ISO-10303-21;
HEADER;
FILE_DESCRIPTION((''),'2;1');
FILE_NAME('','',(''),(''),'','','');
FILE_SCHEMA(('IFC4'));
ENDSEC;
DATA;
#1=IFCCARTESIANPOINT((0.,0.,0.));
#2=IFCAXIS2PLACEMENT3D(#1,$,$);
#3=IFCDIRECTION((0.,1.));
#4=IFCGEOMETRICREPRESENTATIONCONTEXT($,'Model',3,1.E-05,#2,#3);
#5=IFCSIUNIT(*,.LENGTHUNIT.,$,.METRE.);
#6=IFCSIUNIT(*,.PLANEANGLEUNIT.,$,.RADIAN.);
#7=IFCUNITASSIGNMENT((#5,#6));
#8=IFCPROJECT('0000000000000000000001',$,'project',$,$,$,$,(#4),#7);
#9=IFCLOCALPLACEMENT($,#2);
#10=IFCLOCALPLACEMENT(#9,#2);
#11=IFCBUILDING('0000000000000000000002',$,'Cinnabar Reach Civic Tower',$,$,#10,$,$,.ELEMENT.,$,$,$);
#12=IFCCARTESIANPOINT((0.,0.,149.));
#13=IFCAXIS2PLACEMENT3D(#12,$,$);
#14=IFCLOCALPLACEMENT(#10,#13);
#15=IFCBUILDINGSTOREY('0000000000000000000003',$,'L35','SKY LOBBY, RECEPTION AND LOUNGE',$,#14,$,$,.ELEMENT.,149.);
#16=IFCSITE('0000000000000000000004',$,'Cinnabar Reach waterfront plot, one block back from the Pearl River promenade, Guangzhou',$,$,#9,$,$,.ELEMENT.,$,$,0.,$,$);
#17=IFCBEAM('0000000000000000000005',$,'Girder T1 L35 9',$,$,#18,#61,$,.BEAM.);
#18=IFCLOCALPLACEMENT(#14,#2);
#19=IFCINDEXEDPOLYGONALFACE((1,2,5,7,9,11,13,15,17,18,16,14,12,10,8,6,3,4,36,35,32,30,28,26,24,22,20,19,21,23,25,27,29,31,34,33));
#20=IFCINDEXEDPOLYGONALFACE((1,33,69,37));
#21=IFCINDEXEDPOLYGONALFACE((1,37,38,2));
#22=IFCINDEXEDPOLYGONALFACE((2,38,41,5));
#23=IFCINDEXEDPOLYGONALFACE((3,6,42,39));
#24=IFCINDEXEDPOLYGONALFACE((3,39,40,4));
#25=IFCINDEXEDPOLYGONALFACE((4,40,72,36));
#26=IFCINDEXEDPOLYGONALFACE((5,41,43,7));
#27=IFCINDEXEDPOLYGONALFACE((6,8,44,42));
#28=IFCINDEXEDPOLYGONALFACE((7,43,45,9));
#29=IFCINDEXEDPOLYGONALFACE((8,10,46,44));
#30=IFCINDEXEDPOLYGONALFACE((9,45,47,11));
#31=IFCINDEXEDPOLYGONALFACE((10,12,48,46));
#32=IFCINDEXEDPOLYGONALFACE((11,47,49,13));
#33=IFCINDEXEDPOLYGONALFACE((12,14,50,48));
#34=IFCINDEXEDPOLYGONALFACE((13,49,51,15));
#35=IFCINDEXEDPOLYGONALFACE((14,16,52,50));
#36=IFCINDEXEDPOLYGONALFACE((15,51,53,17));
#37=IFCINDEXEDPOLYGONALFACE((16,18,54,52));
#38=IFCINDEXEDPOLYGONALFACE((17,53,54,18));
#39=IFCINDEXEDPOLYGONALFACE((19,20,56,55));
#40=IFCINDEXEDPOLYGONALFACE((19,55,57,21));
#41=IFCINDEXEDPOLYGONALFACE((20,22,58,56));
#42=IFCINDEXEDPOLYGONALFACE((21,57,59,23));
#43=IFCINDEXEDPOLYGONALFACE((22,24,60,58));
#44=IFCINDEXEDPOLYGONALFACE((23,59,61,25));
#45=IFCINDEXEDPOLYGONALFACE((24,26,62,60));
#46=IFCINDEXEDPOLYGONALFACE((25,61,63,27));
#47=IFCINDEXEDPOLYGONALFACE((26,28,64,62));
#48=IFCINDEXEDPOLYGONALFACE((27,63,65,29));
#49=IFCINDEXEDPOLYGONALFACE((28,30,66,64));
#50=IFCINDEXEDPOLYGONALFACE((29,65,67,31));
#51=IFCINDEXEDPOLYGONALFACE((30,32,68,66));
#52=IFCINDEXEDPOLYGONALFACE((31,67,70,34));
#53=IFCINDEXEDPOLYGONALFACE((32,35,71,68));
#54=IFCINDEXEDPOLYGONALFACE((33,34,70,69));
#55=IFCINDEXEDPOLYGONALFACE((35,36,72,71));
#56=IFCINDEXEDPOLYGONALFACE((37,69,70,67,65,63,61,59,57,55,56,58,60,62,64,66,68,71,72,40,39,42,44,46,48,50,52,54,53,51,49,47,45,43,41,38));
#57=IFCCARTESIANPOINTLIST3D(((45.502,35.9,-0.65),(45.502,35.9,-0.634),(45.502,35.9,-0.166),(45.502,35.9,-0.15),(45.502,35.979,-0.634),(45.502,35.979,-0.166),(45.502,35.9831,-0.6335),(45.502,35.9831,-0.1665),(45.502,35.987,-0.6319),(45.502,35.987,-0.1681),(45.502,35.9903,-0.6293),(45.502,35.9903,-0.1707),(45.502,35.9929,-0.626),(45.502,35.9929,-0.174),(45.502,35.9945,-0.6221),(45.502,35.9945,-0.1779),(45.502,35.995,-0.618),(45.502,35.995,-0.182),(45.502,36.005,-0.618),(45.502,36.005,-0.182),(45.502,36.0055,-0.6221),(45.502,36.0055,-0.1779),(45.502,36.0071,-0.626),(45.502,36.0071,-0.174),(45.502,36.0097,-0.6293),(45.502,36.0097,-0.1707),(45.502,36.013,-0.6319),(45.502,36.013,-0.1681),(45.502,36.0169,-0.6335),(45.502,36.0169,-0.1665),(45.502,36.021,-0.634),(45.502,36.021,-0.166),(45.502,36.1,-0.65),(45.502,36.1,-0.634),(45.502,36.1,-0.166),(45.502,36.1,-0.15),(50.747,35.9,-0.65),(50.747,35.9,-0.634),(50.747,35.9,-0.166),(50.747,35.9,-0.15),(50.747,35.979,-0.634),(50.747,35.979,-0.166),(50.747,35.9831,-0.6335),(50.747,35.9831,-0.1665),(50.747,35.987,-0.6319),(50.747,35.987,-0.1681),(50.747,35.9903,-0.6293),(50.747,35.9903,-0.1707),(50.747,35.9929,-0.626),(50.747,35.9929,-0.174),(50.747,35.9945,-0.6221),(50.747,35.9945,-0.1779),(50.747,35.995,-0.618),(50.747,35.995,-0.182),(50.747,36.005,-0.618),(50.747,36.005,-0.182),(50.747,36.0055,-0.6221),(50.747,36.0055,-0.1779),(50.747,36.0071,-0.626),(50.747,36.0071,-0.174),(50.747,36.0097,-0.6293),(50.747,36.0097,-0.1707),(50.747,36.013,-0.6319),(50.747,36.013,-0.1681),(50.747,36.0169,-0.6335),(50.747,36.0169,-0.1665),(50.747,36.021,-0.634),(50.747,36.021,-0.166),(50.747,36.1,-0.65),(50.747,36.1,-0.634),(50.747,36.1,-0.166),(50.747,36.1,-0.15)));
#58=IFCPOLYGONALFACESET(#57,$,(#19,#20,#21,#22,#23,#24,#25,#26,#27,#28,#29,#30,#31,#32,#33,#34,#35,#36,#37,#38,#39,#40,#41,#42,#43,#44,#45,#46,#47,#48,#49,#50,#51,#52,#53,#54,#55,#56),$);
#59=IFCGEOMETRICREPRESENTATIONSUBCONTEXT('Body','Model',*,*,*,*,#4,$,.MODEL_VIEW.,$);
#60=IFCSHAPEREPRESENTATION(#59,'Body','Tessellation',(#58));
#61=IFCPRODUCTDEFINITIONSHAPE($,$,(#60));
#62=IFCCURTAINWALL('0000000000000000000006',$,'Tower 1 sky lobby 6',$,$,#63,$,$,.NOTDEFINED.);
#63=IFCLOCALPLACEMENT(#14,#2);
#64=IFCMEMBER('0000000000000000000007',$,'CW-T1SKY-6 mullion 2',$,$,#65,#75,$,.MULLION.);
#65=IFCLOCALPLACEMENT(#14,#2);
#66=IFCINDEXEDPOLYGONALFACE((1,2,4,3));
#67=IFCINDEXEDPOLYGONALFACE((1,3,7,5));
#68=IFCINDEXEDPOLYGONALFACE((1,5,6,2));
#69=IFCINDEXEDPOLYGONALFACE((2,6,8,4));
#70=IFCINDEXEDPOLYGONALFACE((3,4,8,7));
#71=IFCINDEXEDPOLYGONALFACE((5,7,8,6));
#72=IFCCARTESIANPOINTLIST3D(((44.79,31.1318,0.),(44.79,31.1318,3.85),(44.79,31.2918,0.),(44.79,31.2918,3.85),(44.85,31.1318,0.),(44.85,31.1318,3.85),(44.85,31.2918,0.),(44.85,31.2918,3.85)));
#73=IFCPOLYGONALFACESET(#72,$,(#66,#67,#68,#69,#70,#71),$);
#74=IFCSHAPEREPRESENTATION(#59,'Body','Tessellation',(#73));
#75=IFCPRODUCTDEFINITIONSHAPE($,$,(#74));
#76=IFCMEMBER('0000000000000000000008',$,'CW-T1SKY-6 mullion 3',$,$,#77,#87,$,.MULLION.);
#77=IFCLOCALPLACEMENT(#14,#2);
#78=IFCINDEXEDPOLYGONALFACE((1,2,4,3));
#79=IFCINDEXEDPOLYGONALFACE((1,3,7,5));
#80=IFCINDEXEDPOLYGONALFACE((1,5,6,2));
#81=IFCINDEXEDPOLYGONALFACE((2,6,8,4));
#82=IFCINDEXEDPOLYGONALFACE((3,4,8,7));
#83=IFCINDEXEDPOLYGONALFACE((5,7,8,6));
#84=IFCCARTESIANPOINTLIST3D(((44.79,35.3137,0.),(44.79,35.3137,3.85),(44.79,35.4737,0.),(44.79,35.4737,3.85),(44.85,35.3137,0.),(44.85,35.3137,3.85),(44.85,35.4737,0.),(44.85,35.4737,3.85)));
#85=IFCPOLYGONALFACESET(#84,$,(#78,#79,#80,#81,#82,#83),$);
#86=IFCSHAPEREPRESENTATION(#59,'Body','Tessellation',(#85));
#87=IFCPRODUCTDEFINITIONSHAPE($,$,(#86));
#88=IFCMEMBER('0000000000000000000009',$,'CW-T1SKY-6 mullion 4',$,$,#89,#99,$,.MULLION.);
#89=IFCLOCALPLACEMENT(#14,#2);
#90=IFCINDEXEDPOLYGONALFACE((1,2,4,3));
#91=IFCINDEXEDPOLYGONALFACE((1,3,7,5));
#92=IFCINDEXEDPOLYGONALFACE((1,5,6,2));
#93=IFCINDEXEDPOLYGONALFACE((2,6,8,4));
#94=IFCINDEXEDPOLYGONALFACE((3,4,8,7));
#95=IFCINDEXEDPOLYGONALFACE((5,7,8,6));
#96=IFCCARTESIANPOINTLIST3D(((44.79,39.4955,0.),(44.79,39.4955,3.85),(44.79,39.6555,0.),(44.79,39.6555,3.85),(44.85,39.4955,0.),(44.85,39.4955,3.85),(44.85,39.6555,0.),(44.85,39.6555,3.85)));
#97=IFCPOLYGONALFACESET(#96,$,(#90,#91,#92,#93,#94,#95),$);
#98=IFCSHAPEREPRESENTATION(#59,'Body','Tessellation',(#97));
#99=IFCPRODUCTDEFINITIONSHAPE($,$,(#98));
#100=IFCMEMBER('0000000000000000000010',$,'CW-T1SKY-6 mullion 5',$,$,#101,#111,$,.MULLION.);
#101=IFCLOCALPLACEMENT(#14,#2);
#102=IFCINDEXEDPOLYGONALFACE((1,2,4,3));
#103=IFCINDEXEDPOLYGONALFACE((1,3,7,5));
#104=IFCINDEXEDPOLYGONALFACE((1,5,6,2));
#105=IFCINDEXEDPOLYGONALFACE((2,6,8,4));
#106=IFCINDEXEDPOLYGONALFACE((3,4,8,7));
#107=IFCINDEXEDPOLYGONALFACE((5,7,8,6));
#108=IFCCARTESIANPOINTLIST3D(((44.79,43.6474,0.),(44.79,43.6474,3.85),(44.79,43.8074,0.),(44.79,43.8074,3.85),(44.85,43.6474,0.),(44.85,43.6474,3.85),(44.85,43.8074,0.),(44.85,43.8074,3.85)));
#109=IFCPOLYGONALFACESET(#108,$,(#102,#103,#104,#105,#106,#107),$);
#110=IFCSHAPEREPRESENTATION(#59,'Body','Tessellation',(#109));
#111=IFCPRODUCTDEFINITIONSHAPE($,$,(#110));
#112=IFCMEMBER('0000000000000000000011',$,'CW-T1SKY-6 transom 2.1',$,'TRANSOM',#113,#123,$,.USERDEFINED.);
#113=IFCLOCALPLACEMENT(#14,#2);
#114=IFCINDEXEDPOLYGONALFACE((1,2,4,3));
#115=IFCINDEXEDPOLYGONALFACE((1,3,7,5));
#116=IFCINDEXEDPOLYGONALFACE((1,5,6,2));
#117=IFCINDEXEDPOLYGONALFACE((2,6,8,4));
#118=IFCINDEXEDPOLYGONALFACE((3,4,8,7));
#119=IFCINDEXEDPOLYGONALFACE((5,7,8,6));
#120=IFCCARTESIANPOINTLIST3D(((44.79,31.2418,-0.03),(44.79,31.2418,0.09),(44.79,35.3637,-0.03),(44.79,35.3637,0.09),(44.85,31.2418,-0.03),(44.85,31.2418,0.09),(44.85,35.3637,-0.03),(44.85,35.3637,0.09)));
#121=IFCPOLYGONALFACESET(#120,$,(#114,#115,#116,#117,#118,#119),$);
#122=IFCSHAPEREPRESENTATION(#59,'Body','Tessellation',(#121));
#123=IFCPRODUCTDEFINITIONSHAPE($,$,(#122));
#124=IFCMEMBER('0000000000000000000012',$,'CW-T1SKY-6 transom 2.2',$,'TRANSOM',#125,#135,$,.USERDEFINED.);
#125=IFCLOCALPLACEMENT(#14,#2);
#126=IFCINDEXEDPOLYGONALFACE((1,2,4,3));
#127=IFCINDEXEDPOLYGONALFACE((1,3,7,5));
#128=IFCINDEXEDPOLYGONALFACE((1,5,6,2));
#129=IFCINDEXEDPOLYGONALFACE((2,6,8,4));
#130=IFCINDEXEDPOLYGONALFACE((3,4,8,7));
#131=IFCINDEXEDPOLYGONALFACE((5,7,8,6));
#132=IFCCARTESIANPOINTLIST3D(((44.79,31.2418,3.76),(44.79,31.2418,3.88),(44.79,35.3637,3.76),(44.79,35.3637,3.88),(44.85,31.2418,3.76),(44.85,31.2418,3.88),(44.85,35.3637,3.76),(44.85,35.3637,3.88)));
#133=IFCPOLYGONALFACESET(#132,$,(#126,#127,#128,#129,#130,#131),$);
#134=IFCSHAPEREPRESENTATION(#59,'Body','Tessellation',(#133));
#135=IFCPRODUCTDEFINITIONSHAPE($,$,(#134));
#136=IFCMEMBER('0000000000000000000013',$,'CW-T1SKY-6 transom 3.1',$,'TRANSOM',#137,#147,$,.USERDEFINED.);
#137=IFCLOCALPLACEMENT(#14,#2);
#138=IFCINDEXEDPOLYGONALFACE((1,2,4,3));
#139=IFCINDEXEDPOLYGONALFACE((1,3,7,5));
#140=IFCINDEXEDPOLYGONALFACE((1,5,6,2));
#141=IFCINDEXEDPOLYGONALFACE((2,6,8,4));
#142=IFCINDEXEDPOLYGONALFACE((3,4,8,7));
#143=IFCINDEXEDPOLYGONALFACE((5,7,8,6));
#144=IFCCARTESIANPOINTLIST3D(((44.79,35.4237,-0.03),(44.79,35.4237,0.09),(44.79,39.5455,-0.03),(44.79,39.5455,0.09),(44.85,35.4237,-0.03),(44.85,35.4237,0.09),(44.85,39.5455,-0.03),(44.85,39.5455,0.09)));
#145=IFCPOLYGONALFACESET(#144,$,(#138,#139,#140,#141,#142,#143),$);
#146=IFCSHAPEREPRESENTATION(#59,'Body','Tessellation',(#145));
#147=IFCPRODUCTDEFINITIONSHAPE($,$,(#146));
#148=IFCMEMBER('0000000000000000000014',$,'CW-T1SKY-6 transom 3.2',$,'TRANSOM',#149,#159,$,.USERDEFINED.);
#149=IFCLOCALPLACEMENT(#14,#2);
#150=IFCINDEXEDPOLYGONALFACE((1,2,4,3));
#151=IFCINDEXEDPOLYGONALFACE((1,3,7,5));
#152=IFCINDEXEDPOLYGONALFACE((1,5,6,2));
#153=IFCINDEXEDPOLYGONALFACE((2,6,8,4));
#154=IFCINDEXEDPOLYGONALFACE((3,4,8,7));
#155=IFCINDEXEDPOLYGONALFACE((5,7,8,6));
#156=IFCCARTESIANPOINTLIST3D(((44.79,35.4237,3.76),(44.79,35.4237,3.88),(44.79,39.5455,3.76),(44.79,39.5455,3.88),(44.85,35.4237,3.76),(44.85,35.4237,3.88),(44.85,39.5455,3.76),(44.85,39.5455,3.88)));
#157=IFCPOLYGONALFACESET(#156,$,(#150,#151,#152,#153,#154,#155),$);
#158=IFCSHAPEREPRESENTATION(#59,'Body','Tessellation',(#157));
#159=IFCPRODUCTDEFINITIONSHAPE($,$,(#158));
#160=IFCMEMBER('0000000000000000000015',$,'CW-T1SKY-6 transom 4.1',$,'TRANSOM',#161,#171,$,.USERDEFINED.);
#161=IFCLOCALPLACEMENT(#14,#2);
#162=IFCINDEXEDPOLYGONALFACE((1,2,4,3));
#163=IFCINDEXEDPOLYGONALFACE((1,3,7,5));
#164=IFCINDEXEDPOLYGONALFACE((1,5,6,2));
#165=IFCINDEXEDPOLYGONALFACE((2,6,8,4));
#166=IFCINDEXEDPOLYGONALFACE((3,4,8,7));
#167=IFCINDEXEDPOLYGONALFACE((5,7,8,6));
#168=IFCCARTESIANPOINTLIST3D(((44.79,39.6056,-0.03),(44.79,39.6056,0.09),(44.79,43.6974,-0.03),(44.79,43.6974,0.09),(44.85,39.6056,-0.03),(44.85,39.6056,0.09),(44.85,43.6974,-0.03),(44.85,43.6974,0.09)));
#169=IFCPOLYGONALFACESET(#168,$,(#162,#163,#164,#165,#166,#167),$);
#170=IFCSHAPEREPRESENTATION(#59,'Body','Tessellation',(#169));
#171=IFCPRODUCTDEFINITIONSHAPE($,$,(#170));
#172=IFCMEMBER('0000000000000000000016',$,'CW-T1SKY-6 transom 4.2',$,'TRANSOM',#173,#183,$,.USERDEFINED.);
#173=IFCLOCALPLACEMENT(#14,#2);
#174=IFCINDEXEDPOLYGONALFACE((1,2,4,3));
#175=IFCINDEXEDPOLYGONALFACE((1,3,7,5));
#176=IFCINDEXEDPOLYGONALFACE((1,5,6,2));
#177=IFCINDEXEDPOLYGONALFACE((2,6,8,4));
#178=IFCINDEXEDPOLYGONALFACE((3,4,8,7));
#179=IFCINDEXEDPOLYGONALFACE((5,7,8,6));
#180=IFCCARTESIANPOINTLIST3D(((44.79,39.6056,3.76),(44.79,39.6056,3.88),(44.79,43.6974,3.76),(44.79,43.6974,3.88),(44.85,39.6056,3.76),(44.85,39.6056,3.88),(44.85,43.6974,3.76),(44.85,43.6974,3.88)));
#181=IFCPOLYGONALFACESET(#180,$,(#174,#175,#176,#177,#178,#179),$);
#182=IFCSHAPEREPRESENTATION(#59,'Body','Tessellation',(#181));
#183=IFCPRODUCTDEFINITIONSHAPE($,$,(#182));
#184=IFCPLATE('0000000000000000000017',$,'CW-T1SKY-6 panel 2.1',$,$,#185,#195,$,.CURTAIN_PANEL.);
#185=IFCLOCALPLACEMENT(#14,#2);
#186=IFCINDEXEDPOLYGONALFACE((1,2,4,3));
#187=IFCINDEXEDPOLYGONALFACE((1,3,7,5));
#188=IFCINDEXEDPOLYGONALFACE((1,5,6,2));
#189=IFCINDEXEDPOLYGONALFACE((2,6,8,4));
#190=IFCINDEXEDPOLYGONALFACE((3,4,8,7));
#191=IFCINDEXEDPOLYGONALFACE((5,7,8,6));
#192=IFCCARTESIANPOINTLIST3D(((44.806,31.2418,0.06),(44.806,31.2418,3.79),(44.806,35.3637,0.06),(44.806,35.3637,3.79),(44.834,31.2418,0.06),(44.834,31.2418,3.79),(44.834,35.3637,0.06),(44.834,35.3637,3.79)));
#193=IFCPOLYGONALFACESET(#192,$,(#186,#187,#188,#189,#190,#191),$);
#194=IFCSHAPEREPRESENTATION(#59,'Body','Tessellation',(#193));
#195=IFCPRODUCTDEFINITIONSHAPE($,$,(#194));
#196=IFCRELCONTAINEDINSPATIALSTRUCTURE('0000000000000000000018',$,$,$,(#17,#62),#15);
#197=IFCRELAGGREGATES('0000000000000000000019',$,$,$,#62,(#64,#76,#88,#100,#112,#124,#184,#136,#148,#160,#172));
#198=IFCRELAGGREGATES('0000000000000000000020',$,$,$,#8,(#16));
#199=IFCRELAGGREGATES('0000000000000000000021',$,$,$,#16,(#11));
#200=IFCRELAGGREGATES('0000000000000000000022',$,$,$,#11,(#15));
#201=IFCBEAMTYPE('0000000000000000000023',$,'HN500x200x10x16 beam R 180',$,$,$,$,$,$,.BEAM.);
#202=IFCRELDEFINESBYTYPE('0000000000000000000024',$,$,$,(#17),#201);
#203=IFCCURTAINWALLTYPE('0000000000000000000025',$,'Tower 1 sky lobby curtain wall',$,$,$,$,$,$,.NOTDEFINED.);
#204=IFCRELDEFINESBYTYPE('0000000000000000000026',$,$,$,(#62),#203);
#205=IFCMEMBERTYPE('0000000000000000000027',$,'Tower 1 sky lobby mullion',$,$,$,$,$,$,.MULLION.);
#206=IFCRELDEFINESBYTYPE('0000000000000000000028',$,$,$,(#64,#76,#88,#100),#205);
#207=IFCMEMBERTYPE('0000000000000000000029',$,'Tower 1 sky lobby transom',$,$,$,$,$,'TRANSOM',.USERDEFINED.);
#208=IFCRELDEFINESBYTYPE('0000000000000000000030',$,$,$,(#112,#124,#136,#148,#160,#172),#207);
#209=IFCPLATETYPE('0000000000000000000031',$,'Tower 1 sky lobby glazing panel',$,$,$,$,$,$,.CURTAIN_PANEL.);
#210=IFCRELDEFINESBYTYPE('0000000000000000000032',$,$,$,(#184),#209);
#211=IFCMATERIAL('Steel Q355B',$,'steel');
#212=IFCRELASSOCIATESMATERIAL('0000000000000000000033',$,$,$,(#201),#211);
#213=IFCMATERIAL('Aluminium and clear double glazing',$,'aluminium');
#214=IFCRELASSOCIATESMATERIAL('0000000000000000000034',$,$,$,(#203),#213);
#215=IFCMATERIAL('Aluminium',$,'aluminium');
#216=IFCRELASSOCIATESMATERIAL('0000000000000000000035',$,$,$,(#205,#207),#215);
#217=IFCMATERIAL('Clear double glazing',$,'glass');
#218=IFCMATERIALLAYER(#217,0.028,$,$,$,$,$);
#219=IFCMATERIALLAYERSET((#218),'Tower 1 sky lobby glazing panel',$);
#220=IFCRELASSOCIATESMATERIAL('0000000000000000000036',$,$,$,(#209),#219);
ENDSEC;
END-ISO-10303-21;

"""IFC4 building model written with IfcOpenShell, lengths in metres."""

from ifc_helpers import new_model, si_unit, direction, frame, origin, origin_2d, place, context, subcontext, project, spatial, rectangle, i_section, extrude, material, layer, layer_set, material_profile, profile_set, type_object, element, aggregate, save


model = new_model("IFC4")

# Units and contexts
model_context = context("Model", 3, precision=1e-05, world=origin(), true_north=direction((0.0, 1.0)))
body_context = subcontext(model_context, "Body", "Model", "MODEL_VIEW")
ifc_project = project(units=[si_unit("LENGTHUNIT", "METRE"), si_unit("PLANEANGLEUNIT", "RADIAN")], contexts=[model_context])

# Site, building, storey
site_placement = place(None, origin())
site = spatial("IfcSite", under=ifc_project, at=site_placement, Name="Cinnabar Reach waterfront plot, one block back from the Pearl River promenade, Guangzhou", CompositionType="ELEMENT", RefElevation=0.0)
building_placement = place(site_placement, origin())
building = spatial("IfcBuilding", under=site, at=building_placement, Name="Cinnabar Reach Civic Tower", CompositionType="ELEMENT")
storey_placement = place(building_placement, frame((0.0, 0.0, 149.0)))
storey = spatial("IfcBuildingStorey", under=building, at=storey_placement, Name="L35", Description="SKY LOBBY, RECEPTION AND LOUNGE", CompositionType="ELEMENT", Elevation=149.0)

# Beam
ifc_material_1 = material(Name="Steel Q355B", Category="steel")
ifc_material_profile_1 = material_profile(ifc_material_1, i_section(OverallWidth=0.2, OverallDepth=0.5, WebThickness=0.01, FlangeThickness=0.016, FilletRadius=0.016, at=origin_2d()), Name="HN500x200x10x16")
ifc_profile_set_1 = profile_set([ifc_material_profile_1], Name="Steel Q355B")
beam_type_1 = type_object("IfcBeamType", Name="HN500x200x10x16 beam R 180", PredefinedType="BEAM", material=ifc_profile_set_1)
beam_1_placement = place(storey_placement, frame((45.502, 36.0, -0.4), z_axis=(1.0, 0.0, 0.0), x_axis=(0.0, 1.0, 0.0)))
element("IfcBeam", 1, at=beam_1_placement, inside=storey, type_object=beam_type_1, Name="Girder T1 L35 9", PredefinedType="BEAM", context=body_context, shape_type="SweptSolid", body=[
    extrude(i_section(OverallWidth=0.2, OverallDepth=0.5, WebThickness=0.01, FlangeThickness=0.016, FilletRadius=0.016, at=origin_2d()), origin(), (0.0, 0.0, 1.0), 5.245),
])

# Curtain wall, members, plate
ifc_material_2 = material(Name="Aluminium and clear double glazing", Category="aluminium")
curtain_wall_type = type_object("IfcCurtainWallType", Name="Tower 1 sky lobby curtain wall", PredefinedType="NOTDEFINED", material=ifc_material_2)
curtain_wall_placement = place(storey_placement, origin())
curtain_wall = element("IfcCurtainWall", 2, at=curtain_wall_placement, inside=storey, type_object=curtain_wall_type, Name="Tower 1 sky lobby 6", PredefinedType="NOTDEFINED")
ifc_material_3 = material(Name="Aluminium", Category="aluminium")
ifc_material_profile_2 = material_profile(ifc_material_3, rectangle(XDim=0.06, YDim=0.16, at=origin_2d()), Name="Tower 1 sky lobby mullion")
ifc_profile_set_2 = profile_set([ifc_material_profile_2], Name="Aluminium")
member_type_1 = type_object("IfcMemberType", Name="Tower 1 sky lobby mullion", PredefinedType="MULLION", material=ifc_profile_set_2)
member_1_placement = place(storey_placement, frame((44.82, 31.2118, 0.0), z_axis=(0.0, 0.0, 1.0), x_axis=(-1.0, 0.0, 0.0)))
member_1 = element("IfcMember", 3, at=member_1_placement, type_object=member_type_1, Name="CW-T1SKY-6 mullion 2", PredefinedType="MULLION", context=body_context, shape_type="SweptSolid", body=[
    extrude(rectangle(XDim=0.06, YDim=0.16, at=origin_2d()), origin(), (0.0, 0.0, 1.0), 3.85),
])
member_2_placement = place(storey_placement, frame((44.82, 35.3937, 0.0), z_axis=(0.0, 0.0, 1.0), x_axis=(-1.0, 0.0, 0.0)))
member_2 = element("IfcMember", 4, at=member_2_placement, type_object=member_type_1, Name="CW-T1SKY-6 mullion 3", PredefinedType="MULLION", context=body_context, shape_type="SweptSolid", body=[
    extrude(rectangle(XDim=0.06, YDim=0.16, at=origin_2d()), origin(), (0.0, 0.0, 1.0), 3.85),
])
member_3_placement = place(storey_placement, frame((44.82, 39.5755, 0.0), z_axis=(0.0, 0.0, 1.0), x_axis=(-1.0, 0.0, 0.0)))
member_3 = element("IfcMember", 5, at=member_3_placement, type_object=member_type_1, Name="CW-T1SKY-6 mullion 4", PredefinedType="MULLION", context=body_context, shape_type="SweptSolid", body=[
    extrude(rectangle(XDim=0.06, YDim=0.16, at=origin_2d()), origin(), (0.0, 0.0, 1.0), 3.85),
])
member_4_placement = place(storey_placement, frame((44.82, 43.7274, 0.0), z_axis=(0.0, 0.0, 1.0), x_axis=(-1.0, 0.0, 0.0)))
member_4 = element("IfcMember", 6, at=member_4_placement, type_object=member_type_1, Name="CW-T1SKY-6 mullion 5", PredefinedType="MULLION", context=body_context, shape_type="SweptSolid", body=[
    extrude(rectangle(XDim=0.06, YDim=0.16, at=origin_2d()), origin(), (0.0, 0.0, 1.0), 3.85),
])
ifc_material_profile_3 = material_profile(ifc_material_3, rectangle(XDim=0.06, YDim=0.12, at=origin_2d()), Name="Tower 1 sky lobby transom")
ifc_profile_set_3 = profile_set([ifc_material_profile_3], Name="Aluminium")
member_type_2 = type_object("IfcMemberType", Name="Tower 1 sky lobby transom", ElementType="TRANSOM", PredefinedType="USERDEFINED", material=ifc_profile_set_3)
member_5_placement = place(storey_placement, frame((44.82, 31.2418, 0.03), z_axis=(0.0, 1.0, 0.0), x_axis=(-1.0, 0.0, 0.0)))
member_5 = element("IfcMember", 7, at=member_5_placement, type_object=member_type_2, Name="CW-T1SKY-6 transom 2.1", ObjectType="TRANSOM", PredefinedType="USERDEFINED", context=body_context, shape_type="SweptSolid", body=[
    extrude(rectangle(XDim=0.06, YDim=0.12, at=origin_2d()), origin(), (0.0, 0.0, 1.0), 4.1219),
])
member_6_placement = place(storey_placement, frame((44.82, 31.2418, 3.82), z_axis=(0.0, 1.0, 0.0), x_axis=(-1.0, 0.0, 0.0)))
member_6 = element("IfcMember", 8, at=member_6_placement, type_object=member_type_2, Name="CW-T1SKY-6 transom 2.2", ObjectType="TRANSOM", PredefinedType="USERDEFINED", context=body_context, shape_type="SweptSolid", body=[
    extrude(rectangle(XDim=0.06, YDim=0.12, at=origin_2d()), origin(), (0.0, 0.0, 1.0), 4.1219),
])
member_7_placement = place(storey_placement, frame((44.82, 35.4237, 0.03), z_axis=(0.0, 1.0, 0.0), x_axis=(-1.0, 0.0, 0.0)))
member_7 = element("IfcMember", 9, at=member_7_placement, type_object=member_type_2, Name="CW-T1SKY-6 transom 3.1", ObjectType="TRANSOM", PredefinedType="USERDEFINED", context=body_context, shape_type="SweptSolid", body=[
    extrude(rectangle(XDim=0.06, YDim=0.12, at=origin_2d()), origin(), (0.0, 0.0, 1.0), 4.1218),
])
member_8_placement = place(storey_placement, frame((44.82, 35.4237, 3.82), z_axis=(0.0, 1.0, 0.0), x_axis=(-1.0, 0.0, 0.0)))
member_8 = element("IfcMember", 10, at=member_8_placement, type_object=member_type_2, Name="CW-T1SKY-6 transom 3.2", ObjectType="TRANSOM", PredefinedType="USERDEFINED", context=body_context, shape_type="SweptSolid", body=[
    extrude(rectangle(XDim=0.06, YDim=0.12, at=origin_2d()), origin(), (0.0, 0.0, 1.0), 4.1218),
])
member_9_placement = place(storey_placement, frame((44.82, 39.6056, 0.03), z_axis=(0.0, 1.0, 0.0), x_axis=(-1.0, 0.0, 0.0)))
member_9 = element("IfcMember", 11, at=member_9_placement, type_object=member_type_2, Name="CW-T1SKY-6 transom 4.1", ObjectType="TRANSOM", PredefinedType="USERDEFINED", context=body_context, shape_type="SweptSolid", body=[
    extrude(rectangle(XDim=0.06, YDim=0.12, at=origin_2d()), origin(), (0.0, 0.0, 1.0), 4.0918),
])
member_10_placement = place(storey_placement, frame((44.82, 39.6056, 3.82), z_axis=(0.0, 1.0, 0.0), x_axis=(-1.0, 0.0, 0.0)))
member_10 = element("IfcMember", 12, at=member_10_placement, type_object=member_type_2, Name="CW-T1SKY-6 transom 4.2", ObjectType="TRANSOM", PredefinedType="USERDEFINED", context=body_context, shape_type="SweptSolid", body=[
    extrude(rectangle(XDim=0.06, YDim=0.12, at=origin_2d()), origin(), (0.0, 0.0, 1.0), 4.0918),
])
ifc_material_4 = material(Name="Clear double glazing", Category="glass")
ifc_layer_1 = layer(ifc_material_4, 0.028)
ifc_layer_set_1 = layer_set([ifc_layer_1], Name="Tower 1 sky lobby glazing panel")
plate_type = type_object("IfcPlateType", Name="Tower 1 sky lobby glazing panel", PredefinedType="CURTAIN_PANEL", material=ifc_layer_set_1)
plate_1_placement = place(storey_placement, frame((44.82, 33.3028, 0.06), z_axis=(0.0, 0.0, 1.0), x_axis=(0.0, 1.0, 0.0)))
plate_1 = element("IfcPlate", 13, at=plate_1_placement, type_object=plate_type, Name="CW-T1SKY-6 panel 2.1", PredefinedType="CURTAIN_PANEL", context=body_context, shape_type="SweptSolid", body=[
    extrude(rectangle(XDim=4.1219, YDim=0.028, at=origin_2d()), origin(), (0.0, 0.0, 1.0), 3.73),
])
aggregate(curtain_wall, [member_1, member_2, member_3, member_4, member_5, member_6, plate_1, member_7, member_8, member_9, member_10])

save(model, "model.ifc")
